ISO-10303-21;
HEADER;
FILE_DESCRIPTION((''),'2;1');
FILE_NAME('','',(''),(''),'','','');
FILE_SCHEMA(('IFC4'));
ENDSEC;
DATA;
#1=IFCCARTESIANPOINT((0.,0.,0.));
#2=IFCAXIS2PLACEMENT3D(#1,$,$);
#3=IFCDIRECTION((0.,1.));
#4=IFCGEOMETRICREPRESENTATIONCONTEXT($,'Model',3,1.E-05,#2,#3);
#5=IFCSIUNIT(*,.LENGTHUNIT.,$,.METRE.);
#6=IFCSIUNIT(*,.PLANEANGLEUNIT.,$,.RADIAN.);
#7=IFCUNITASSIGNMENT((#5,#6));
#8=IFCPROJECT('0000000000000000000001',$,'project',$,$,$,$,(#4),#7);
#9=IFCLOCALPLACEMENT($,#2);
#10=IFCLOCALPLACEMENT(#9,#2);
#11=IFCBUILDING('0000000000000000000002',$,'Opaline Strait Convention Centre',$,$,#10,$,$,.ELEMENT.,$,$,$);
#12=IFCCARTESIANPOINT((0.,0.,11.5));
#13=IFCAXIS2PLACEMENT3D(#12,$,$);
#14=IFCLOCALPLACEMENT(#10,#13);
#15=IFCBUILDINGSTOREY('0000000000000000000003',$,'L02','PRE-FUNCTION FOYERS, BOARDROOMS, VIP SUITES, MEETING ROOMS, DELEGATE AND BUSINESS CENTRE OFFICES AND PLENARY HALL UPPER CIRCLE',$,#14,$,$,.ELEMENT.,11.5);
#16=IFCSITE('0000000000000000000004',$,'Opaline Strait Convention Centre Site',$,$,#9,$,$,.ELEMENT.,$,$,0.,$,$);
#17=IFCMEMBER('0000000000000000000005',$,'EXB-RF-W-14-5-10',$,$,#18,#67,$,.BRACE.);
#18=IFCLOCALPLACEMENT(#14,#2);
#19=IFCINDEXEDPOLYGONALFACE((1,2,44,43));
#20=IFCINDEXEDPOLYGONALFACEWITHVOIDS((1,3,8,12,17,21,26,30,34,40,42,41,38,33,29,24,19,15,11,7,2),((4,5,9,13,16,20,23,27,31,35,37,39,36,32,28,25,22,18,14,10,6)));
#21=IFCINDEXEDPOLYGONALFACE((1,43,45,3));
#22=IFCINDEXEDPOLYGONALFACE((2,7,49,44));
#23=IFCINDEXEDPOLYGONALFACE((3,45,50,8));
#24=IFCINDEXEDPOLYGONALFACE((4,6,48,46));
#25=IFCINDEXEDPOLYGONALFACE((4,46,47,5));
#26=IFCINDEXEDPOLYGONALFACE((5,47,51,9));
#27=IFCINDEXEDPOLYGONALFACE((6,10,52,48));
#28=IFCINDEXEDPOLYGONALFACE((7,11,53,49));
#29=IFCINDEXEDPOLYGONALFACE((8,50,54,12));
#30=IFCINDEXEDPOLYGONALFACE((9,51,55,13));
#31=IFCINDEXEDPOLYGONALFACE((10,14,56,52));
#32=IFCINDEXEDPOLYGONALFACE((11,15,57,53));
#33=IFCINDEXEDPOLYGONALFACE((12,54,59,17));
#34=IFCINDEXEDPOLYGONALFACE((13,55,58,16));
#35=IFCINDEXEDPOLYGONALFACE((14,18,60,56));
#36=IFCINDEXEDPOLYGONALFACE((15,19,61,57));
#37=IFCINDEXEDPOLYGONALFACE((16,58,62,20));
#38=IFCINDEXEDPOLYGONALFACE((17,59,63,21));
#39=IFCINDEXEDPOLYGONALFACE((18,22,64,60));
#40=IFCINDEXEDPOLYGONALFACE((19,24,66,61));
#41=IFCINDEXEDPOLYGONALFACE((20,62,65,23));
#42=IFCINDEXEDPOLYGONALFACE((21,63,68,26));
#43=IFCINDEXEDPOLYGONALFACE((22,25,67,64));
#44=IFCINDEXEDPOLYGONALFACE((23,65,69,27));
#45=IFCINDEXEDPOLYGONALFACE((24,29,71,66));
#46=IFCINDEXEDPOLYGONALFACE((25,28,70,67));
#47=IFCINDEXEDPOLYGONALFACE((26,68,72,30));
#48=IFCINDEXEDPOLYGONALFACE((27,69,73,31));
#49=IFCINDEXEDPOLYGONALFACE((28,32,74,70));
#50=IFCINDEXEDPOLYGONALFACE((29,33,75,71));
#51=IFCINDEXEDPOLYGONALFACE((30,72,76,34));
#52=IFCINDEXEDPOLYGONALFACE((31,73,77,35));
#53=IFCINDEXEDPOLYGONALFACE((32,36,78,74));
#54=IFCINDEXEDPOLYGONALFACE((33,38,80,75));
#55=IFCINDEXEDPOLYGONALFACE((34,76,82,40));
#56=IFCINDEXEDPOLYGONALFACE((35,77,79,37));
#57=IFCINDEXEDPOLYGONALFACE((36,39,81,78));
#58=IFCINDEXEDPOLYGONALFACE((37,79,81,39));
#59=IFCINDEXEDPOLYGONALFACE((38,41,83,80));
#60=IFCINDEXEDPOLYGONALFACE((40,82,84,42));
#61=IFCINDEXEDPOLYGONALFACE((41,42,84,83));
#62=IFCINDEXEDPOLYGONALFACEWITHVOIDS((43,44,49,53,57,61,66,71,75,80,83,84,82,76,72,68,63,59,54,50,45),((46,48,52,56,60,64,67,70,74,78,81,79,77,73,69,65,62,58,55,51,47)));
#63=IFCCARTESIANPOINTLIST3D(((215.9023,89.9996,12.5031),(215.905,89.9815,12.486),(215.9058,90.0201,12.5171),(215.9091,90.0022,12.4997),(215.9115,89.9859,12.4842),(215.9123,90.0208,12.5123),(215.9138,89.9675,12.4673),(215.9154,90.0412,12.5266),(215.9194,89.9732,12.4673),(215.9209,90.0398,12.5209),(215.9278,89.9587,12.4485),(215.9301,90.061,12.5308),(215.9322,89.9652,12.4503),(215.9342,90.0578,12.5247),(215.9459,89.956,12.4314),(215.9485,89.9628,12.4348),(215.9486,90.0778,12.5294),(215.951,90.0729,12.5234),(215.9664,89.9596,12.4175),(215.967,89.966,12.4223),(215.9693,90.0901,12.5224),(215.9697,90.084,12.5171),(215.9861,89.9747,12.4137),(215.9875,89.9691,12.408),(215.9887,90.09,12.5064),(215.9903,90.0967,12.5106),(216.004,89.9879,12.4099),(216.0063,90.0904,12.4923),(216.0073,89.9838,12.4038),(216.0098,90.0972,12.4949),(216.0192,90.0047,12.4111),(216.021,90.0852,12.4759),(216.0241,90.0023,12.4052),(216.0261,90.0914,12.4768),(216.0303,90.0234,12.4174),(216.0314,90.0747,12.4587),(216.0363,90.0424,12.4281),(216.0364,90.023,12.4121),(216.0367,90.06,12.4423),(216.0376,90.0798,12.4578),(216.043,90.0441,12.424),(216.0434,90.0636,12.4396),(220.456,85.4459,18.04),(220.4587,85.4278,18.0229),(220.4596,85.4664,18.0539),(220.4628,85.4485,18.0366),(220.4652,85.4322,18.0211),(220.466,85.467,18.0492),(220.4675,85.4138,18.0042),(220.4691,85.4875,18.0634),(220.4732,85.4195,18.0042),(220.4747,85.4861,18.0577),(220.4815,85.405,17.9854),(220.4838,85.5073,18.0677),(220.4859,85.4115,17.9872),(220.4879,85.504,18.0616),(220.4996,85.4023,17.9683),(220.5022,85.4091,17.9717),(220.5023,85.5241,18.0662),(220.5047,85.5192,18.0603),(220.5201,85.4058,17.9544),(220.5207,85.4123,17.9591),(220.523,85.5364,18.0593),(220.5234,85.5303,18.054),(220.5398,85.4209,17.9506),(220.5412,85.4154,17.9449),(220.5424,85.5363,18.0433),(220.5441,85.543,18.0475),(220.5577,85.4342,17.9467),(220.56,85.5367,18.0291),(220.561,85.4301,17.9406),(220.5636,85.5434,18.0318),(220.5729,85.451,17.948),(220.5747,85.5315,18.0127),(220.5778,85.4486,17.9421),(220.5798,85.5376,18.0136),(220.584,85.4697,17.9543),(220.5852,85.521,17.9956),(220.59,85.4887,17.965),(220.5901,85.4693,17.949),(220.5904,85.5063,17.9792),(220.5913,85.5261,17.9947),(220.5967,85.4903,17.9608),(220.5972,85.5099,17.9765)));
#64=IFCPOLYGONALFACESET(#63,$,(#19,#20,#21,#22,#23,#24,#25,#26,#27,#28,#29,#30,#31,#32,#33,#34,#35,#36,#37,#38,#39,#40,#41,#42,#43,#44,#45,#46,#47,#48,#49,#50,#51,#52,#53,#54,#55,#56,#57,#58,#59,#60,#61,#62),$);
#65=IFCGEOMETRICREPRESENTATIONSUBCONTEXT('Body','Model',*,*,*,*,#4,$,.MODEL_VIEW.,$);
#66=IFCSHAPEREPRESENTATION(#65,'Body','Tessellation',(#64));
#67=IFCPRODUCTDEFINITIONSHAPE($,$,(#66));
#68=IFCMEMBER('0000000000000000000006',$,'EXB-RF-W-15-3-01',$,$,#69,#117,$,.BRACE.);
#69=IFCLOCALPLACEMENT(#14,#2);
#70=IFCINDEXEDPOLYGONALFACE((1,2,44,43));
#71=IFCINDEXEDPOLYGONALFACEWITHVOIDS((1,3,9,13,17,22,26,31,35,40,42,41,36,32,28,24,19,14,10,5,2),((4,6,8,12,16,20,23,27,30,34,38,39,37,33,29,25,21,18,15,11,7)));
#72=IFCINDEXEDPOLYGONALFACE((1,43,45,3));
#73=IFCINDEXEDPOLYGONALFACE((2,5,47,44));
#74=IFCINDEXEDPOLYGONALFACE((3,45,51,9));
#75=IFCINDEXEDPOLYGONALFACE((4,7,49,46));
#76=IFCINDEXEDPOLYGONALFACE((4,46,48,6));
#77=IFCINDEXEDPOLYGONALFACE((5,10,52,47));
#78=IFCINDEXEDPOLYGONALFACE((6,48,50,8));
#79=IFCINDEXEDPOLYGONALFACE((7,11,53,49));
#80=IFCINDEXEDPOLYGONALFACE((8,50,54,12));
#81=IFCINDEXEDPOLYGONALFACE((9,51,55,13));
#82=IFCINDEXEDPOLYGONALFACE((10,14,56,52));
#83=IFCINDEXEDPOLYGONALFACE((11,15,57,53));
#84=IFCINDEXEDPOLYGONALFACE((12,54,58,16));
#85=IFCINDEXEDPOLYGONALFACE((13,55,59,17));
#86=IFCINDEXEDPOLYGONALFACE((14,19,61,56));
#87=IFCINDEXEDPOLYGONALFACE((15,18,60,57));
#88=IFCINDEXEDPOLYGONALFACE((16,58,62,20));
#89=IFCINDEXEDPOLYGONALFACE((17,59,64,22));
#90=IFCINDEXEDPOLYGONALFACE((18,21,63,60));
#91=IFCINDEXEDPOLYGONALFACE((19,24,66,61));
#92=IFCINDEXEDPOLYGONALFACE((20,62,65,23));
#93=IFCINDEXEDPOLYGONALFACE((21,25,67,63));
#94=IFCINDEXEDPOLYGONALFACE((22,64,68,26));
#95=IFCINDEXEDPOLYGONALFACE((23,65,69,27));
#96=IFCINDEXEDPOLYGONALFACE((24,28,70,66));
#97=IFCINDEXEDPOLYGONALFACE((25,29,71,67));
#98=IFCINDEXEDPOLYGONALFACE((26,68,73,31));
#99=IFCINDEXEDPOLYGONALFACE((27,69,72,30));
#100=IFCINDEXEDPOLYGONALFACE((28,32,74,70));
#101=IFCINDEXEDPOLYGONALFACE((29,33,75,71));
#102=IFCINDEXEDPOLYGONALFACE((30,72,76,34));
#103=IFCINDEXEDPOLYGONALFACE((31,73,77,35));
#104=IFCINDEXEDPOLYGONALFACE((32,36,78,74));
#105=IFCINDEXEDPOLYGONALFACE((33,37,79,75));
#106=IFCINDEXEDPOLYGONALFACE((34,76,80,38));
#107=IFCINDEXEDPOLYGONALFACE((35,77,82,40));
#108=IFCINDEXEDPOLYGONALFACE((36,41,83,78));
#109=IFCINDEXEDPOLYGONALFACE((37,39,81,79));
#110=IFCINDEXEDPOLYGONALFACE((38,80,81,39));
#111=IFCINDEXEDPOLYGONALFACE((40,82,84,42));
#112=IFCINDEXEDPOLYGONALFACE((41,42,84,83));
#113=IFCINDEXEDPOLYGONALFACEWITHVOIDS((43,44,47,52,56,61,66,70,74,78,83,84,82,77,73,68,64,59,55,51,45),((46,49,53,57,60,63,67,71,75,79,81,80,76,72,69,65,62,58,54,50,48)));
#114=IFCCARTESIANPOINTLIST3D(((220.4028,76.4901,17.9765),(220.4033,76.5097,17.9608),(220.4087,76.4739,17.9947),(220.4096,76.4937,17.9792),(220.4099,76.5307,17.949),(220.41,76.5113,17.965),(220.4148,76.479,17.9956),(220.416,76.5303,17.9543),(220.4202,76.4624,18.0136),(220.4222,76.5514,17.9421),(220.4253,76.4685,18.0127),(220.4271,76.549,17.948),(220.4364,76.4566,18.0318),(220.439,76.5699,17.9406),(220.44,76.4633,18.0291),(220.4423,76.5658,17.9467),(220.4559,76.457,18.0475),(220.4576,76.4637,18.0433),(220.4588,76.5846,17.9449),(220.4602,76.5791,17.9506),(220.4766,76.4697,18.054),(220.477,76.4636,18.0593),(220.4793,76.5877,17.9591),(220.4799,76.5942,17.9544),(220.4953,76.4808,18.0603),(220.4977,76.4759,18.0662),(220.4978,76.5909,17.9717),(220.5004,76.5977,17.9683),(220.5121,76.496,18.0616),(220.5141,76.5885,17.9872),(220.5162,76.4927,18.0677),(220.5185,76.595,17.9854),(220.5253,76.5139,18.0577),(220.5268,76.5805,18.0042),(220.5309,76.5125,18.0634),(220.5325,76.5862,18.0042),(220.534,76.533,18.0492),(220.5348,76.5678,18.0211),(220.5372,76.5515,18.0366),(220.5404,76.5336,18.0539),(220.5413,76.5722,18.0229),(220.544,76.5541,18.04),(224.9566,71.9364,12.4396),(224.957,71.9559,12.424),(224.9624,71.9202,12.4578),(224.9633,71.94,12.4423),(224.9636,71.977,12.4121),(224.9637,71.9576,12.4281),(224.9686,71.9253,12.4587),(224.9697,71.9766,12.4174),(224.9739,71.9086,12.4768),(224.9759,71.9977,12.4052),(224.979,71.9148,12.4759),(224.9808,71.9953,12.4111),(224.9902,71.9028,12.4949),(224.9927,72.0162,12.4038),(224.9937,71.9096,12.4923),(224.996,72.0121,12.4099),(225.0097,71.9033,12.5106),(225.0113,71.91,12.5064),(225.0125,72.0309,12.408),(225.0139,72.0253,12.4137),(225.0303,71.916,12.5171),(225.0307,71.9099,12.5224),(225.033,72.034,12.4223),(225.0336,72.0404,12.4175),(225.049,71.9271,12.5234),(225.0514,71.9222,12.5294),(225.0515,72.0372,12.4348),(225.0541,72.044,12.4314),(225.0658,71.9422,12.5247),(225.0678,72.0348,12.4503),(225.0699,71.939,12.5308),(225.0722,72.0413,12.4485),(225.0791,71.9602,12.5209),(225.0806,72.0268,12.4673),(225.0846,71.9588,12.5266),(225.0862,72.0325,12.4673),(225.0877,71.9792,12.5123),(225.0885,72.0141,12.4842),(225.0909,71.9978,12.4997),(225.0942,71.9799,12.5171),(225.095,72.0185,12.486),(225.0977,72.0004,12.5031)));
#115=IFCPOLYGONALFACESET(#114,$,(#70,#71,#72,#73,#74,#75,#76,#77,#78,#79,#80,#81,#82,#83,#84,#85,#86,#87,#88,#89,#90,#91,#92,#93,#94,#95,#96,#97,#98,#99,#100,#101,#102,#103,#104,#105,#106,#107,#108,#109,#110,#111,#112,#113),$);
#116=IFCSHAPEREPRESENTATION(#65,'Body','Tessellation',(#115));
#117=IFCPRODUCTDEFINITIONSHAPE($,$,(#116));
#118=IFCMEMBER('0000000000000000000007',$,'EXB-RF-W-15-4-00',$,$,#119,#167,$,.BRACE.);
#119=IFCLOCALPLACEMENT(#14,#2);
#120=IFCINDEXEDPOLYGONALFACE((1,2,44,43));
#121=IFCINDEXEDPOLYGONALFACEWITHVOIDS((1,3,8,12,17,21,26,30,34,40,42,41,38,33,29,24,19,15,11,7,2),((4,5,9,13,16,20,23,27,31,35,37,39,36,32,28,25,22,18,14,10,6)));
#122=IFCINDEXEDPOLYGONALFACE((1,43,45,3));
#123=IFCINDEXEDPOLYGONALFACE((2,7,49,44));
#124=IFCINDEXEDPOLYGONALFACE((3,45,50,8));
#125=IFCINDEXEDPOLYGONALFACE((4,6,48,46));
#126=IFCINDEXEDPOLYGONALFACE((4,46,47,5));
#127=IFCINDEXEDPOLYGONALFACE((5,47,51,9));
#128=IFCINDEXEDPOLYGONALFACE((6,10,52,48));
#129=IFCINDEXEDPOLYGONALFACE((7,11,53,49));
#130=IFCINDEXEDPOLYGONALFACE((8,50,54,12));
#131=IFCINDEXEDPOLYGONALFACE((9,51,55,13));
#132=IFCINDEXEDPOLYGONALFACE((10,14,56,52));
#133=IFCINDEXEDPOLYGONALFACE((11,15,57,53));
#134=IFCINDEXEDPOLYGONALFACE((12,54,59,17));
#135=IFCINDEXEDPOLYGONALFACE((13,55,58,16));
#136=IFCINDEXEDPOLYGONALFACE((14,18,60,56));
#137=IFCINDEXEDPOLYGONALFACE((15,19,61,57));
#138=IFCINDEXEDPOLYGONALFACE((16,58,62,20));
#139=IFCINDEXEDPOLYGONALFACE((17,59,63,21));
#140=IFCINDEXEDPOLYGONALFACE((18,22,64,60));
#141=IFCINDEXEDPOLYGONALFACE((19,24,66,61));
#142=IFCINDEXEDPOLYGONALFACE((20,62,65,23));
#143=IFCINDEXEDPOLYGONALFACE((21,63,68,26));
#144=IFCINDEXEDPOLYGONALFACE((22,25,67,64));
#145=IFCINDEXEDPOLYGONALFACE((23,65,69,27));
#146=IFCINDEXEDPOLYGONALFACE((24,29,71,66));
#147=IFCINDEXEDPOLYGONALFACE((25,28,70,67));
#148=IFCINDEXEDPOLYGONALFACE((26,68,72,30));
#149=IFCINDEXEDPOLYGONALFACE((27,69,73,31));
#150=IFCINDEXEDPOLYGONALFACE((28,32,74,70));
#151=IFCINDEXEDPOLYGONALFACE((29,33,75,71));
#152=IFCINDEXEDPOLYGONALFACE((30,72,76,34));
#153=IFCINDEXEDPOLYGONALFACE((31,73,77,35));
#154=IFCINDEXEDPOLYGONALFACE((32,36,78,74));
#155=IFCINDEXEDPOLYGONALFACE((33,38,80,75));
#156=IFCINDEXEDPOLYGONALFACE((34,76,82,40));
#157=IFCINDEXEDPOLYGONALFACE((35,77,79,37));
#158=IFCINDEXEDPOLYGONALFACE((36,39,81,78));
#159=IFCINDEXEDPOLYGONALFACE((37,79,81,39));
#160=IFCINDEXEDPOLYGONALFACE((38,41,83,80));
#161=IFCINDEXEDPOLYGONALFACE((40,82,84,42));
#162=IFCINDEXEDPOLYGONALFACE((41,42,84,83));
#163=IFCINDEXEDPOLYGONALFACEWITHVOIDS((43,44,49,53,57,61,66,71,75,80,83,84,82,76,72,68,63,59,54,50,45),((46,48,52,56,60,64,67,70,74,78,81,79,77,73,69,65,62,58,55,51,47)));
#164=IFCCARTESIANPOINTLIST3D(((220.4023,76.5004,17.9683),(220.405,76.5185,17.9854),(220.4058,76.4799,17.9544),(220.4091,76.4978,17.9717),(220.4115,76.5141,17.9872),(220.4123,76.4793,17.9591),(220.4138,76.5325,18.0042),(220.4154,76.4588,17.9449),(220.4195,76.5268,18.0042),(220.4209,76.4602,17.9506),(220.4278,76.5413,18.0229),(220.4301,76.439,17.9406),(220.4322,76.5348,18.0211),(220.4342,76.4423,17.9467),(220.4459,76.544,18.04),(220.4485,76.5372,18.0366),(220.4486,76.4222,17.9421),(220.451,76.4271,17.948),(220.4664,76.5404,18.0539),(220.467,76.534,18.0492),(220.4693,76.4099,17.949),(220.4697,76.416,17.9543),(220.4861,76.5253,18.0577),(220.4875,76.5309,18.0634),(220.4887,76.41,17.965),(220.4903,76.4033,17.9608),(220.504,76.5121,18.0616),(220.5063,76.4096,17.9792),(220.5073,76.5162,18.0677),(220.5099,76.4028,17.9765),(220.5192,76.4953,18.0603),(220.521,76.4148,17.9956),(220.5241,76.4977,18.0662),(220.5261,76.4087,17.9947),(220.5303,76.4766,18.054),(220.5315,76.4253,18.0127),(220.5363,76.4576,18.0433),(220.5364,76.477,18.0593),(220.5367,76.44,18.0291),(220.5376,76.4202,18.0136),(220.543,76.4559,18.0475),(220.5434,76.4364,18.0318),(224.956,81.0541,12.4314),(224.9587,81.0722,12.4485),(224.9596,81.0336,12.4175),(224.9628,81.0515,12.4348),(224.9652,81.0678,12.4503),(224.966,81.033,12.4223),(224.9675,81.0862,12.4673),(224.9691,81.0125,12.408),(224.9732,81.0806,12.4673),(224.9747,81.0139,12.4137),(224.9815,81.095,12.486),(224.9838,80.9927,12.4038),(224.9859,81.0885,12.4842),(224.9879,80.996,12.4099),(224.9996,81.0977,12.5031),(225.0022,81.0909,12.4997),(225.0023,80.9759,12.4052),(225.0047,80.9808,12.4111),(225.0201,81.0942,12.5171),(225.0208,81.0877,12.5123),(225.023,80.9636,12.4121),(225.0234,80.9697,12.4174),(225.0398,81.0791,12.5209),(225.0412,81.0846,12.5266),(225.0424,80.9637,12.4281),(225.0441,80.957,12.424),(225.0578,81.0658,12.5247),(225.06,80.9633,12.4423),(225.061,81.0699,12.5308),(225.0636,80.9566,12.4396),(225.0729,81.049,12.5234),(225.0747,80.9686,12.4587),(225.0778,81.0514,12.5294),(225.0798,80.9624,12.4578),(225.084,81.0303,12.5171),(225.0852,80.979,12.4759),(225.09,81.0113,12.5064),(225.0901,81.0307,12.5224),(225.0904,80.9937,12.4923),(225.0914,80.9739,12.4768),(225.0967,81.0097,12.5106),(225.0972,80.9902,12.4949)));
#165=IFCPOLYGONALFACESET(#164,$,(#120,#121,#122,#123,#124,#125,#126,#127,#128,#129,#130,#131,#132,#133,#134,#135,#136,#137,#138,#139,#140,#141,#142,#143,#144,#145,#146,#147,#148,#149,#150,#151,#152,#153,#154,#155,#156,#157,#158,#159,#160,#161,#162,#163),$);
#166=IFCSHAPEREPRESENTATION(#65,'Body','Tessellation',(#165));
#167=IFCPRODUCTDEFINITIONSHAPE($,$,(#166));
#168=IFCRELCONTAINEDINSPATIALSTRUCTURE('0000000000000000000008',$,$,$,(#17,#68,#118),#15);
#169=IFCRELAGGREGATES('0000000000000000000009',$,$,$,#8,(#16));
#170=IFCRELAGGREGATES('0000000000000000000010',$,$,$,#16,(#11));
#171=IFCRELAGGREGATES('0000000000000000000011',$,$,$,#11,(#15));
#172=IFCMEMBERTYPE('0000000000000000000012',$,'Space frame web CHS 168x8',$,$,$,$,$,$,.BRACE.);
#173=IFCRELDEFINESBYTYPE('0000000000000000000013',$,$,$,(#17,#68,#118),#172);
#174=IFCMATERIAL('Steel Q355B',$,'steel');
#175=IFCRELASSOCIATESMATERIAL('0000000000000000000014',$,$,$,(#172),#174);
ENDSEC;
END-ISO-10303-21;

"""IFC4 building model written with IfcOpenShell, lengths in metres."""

from ifc_helpers import new_model, si_unit, direction, frame, origin, origin_2d, place, context, subcontext, project, spatial, hollow_circle, extrude, material, material_profile, profile_set, type_object, element, save


model = new_model("IFC4")

# Units and contexts
model_context = context("Model", 3, precision=1e-05, world=origin(), true_north=direction((0.0, 1.0)))
body_context = subcontext(model_context, "Body", "Model", "MODEL_VIEW")
ifc_project = project(units=[si_unit("LENGTHUNIT", "METRE"), si_unit("PLANEANGLEUNIT", "RADIAN")], contexts=[model_context])

# Site, building, storey
site_placement = place(None, origin())
site = spatial("IfcSite", under=ifc_project, at=site_placement, Name="Opaline Strait Convention Centre Site", CompositionType="ELEMENT", RefElevation=0.0)
building_placement = place(site_placement, origin())
building = spatial("IfcBuilding", under=site, at=building_placement, Name="Opaline Strait Convention Centre", CompositionType="ELEMENT")
storey_placement = place(building_placement, frame((0.0, 0.0, 11.5)))
storey = spatial("IfcBuildingStorey", under=building, at=storey_placement, Name="L02", Description="PRE-FUNCTION FOYERS, BOARDROOMS, VIP SUITES, MEETING ROOMS, DELEGATE AND BUSINESS CENTRE OFFICES AND PLENARY HALL UPPER CIRCLE", CompositionType="ELEMENT", Elevation=11.5)

# Members
ifc_material_1 = material(Name="Steel Q355B", Category="steel")
ifc_material_profile_1 = material_profile(ifc_material_1, hollow_circle(Radius=0.084, WallThickness=0.0081, at=origin_2d()), Name="CHS 168x8")
ifc_profile_set_1 = profile_set([ifc_material_profile_1], Name="Steel Q355B")
member_type_1 = type_object("IfcMemberType", Name="Space frame web CHS 168x8", PredefinedType="BRACE", material=ifc_profile_set_1)
for number, where, z_axis, x_axis, name in (
    (1, (220.5269, 85.4731, 18.0042), (-0.536178, 0.536178, -0.65194), (-0.707107, -0.707107, 0.0), "EXB-RF-W-14-5-10"),
    (2, (220.4731, 76.5269, 18.0042), (0.536178, -0.536178, -0.65194), (0.707107, 0.707107, 0.0), "EXB-RF-W-15-3-01"),
    (3, (220.4731, 76.4731, 18.0042), (0.536178, 0.536178, -0.65194), (-0.707107, 0.707107, 0.0), "EXB-RF-W-15-4-00"),
):
    element("IfcMember", number, at=place(storey_placement, frame(where, z_axis=z_axis, x_axis=x_axis)), inside=storey, type_object=member_type_1, Name=name, PredefinedType="BRACE", context=body_context, shape_type="SweptSolid", body=[
        extrude(hollow_circle(Radius=0.084, WallThickness=0.0081, at=origin_2d()), origin(), (0.0, 0.0, 1.0), 8.4929),
    ])

save(model, "model.ifc")
